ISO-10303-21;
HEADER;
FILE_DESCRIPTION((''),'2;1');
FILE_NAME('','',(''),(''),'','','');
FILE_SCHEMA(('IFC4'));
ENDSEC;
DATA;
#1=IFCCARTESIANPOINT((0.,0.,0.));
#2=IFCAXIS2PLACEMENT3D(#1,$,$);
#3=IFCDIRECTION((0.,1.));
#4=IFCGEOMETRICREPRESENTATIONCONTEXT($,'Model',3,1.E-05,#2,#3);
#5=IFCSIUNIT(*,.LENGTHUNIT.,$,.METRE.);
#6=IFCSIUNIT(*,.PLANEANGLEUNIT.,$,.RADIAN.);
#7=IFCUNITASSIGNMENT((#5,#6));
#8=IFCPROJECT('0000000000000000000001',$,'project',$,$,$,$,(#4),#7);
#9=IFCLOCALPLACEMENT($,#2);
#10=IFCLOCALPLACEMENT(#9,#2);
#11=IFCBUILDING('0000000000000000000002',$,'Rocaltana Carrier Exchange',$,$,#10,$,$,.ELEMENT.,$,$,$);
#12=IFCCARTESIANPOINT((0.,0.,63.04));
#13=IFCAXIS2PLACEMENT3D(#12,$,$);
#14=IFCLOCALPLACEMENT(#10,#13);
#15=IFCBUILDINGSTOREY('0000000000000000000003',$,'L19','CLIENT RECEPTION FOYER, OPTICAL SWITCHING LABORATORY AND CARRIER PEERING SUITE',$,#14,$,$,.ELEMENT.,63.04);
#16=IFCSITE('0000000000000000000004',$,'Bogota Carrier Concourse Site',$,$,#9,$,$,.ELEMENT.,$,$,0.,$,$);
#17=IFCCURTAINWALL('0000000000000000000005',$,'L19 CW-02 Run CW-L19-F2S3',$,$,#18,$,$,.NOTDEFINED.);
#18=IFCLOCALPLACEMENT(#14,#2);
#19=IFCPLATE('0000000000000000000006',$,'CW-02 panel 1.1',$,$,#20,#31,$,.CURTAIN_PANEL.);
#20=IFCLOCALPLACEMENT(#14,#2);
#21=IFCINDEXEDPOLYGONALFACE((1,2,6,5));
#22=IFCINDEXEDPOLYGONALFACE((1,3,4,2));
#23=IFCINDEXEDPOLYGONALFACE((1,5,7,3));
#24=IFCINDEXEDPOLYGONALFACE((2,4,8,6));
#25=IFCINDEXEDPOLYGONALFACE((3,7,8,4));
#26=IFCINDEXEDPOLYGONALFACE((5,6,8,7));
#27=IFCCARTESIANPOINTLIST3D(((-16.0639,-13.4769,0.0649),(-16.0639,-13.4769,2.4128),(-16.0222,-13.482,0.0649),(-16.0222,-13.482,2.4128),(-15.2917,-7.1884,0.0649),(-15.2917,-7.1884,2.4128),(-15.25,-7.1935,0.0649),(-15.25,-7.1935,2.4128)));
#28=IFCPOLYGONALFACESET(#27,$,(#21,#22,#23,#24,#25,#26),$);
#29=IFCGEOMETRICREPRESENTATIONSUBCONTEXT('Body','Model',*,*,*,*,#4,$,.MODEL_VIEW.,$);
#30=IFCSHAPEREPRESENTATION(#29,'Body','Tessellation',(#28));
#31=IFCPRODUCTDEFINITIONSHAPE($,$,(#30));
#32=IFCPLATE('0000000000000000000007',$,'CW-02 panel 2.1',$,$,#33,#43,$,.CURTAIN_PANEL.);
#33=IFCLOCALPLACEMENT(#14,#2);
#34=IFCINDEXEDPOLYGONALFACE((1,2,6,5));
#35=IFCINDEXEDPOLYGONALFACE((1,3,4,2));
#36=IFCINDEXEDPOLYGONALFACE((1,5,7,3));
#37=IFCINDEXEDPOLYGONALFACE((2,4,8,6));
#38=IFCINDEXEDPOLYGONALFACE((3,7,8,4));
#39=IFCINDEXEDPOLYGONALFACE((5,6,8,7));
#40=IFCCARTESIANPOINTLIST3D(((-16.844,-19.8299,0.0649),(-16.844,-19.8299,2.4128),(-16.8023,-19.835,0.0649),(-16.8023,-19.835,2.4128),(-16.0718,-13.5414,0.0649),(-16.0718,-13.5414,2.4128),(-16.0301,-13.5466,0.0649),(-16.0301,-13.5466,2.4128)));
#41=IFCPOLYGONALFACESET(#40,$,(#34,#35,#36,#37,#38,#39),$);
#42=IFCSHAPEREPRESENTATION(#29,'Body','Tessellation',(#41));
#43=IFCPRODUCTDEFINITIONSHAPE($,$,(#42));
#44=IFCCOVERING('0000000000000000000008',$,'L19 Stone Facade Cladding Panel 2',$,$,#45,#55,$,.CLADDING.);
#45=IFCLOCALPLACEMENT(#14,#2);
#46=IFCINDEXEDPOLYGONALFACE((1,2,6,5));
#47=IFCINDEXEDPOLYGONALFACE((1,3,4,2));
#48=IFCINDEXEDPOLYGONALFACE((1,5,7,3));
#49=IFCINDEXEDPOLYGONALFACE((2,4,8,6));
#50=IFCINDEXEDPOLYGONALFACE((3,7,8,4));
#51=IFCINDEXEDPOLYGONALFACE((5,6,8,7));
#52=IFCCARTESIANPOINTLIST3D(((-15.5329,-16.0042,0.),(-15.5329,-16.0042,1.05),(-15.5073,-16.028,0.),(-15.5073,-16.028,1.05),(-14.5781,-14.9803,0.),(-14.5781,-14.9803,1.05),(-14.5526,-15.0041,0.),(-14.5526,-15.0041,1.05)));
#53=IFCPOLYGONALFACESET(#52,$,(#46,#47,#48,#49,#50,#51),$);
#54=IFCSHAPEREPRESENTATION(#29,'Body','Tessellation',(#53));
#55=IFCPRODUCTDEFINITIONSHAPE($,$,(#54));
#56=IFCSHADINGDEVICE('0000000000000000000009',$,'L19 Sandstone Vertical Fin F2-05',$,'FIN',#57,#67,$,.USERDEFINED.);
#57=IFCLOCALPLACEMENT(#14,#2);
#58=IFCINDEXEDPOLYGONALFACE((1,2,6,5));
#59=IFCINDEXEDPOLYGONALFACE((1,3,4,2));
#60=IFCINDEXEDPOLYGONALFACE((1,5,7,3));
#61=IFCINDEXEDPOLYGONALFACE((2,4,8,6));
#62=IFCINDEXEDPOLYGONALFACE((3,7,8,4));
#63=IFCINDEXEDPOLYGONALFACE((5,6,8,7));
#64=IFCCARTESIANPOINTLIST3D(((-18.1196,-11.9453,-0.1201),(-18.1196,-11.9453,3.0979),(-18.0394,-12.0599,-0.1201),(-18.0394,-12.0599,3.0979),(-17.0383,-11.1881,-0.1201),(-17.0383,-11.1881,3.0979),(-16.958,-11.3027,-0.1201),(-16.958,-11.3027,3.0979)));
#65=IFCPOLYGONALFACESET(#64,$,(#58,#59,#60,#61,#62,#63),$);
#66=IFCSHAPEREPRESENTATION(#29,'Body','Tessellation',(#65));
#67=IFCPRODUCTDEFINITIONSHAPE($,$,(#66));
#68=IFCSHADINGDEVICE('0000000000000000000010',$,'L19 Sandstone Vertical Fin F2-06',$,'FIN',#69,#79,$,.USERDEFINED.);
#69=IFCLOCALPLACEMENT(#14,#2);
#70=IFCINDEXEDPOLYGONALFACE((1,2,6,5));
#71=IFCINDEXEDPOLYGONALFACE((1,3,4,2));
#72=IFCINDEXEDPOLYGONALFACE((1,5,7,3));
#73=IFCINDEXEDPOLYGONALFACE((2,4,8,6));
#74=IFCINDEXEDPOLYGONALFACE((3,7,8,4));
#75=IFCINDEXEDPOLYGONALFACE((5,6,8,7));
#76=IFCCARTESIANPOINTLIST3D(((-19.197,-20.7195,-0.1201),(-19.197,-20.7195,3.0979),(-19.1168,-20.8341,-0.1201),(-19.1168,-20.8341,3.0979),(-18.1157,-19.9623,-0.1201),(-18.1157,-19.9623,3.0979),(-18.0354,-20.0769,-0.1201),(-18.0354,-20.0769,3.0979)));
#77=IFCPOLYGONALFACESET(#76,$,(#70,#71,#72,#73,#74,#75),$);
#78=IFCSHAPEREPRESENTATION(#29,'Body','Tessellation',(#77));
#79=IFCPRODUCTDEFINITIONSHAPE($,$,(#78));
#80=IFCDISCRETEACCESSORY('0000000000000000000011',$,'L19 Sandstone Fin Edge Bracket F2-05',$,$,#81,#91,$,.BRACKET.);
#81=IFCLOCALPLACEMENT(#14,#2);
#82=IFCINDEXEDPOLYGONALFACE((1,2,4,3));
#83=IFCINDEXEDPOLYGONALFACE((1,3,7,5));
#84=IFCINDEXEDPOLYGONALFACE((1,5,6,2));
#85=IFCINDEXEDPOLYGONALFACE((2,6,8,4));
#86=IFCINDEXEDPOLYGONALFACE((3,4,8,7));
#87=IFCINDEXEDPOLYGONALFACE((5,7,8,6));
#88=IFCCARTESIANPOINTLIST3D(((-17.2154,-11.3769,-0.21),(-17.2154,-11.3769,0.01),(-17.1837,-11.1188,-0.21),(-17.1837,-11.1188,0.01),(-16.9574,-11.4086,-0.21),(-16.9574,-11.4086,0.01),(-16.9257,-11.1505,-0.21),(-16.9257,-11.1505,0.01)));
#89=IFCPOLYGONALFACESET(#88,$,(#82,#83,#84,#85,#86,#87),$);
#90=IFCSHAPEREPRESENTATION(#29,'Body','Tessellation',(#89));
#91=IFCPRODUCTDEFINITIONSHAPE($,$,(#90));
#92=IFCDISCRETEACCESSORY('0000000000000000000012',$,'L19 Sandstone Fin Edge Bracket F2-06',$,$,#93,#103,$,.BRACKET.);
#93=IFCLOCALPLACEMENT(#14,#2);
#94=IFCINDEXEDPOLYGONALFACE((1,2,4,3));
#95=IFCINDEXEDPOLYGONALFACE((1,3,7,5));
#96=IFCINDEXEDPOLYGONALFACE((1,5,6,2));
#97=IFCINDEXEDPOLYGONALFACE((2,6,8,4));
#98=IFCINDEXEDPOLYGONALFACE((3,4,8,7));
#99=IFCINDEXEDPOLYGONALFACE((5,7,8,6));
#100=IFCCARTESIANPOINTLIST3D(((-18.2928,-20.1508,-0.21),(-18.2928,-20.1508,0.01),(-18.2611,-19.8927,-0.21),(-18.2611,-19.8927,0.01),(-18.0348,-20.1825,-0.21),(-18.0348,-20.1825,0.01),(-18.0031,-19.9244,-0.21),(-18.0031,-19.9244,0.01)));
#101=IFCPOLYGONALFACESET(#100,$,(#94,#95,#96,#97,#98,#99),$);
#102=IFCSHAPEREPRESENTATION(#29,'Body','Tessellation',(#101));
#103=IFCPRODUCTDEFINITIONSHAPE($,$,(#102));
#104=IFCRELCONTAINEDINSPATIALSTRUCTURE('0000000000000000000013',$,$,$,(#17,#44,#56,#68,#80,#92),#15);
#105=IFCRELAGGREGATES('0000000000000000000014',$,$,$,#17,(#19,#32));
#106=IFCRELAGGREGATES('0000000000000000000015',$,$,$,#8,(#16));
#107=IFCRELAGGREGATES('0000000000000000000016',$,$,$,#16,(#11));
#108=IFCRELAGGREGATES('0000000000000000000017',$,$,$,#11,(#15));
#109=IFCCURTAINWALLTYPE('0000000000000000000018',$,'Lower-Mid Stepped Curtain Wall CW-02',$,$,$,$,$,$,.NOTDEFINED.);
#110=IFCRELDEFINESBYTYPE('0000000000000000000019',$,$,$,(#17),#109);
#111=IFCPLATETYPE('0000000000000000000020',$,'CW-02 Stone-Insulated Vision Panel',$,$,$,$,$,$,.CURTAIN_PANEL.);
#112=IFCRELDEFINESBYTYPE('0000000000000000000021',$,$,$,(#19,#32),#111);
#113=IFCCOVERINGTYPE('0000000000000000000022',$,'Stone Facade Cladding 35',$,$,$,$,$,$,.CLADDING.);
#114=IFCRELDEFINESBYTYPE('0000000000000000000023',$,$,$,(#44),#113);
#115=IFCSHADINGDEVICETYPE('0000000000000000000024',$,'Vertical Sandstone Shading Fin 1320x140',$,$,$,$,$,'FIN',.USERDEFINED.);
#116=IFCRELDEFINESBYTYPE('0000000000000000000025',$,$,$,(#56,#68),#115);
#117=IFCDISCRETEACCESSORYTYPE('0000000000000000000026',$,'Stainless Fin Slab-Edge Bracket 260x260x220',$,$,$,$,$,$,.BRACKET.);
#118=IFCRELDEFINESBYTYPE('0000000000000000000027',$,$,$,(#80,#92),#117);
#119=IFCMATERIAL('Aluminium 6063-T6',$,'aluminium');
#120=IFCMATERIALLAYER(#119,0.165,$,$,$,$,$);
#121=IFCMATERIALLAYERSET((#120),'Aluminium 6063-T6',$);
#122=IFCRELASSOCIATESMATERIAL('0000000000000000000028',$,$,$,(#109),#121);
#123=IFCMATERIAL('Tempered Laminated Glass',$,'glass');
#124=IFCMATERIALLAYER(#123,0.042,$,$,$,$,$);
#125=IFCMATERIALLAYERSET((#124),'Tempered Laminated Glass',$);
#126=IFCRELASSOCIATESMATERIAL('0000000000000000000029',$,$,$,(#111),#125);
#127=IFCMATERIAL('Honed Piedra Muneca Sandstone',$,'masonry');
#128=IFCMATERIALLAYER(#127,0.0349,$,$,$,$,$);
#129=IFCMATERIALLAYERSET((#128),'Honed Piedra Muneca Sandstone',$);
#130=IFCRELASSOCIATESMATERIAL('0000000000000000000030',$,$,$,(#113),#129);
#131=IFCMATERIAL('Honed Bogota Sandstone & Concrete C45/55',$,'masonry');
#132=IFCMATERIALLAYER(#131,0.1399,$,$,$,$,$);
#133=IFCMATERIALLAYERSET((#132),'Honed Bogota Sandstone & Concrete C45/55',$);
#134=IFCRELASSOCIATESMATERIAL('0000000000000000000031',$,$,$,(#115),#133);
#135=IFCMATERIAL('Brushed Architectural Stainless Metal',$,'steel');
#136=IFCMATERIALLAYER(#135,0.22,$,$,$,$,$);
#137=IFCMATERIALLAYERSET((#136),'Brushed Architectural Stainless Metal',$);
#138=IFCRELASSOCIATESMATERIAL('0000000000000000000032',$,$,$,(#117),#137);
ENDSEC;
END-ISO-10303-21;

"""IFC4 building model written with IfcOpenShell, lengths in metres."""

from ifc_helpers import new_model, si_unit, direction, frame, origin, origin_2d, place, context, subcontext, project, spatial, rectangle, extrude, material, layer, layer_set, type_object, element, aggregate, save


model = new_model("IFC4")

# Units and contexts
model_context = context("Model", 3, precision=1e-05, world=origin(), true_north=direction((0.0, 1.0)))
body_context = subcontext(model_context, "Body", "Model", "MODEL_VIEW")
ifc_project = project(units=[si_unit("LENGTHUNIT", "METRE"), si_unit("PLANEANGLEUNIT", "RADIAN")], contexts=[model_context])

# Site, building, storey
site_placement = place(None, origin())
site = spatial("IfcSite", under=ifc_project, at=site_placement, Name="Bogota Carrier Concourse Site", CompositionType="ELEMENT", RefElevation=0.0)
building_placement = place(site_placement, origin())
building = spatial("IfcBuilding", under=site, at=building_placement, Name="Rocaltana Carrier Exchange", CompositionType="ELEMENT")
storey_placement = place(building_placement, frame((0.0, 0.0, 63.04)))
storey = spatial("IfcBuildingStorey", under=building, at=storey_placement, Name="L19", Description="CLIENT RECEPTION FOYER, OPTICAL SWITCHING LABORATORY AND CARRIER PEERING SUITE", CompositionType="ELEMENT", Elevation=63.04)

# Curtain wall
ifc_material_1 = material(Name="Aluminium 6063-T6", Category="aluminium")
ifc_layer_1 = layer(ifc_material_1, 0.165)
ifc_layer_set_1 = layer_set([ifc_layer_1], Name="Aluminium 6063-T6")
curtain_wall_type = type_object("IfcCurtainWallType", Name="Lower-Mid Stepped Curtain Wall CW-02", PredefinedType="NOTDEFINED", material=ifc_layer_set_1)
curtain_wall_1_placement = place(storey_placement, origin())
curtain_wall_1 = element("IfcCurtainWall", 1, at=curtain_wall_1_placement, inside=storey, type_object=curtain_wall_type, Name="L19 CW-02 Run CW-L19-F2S3", PredefinedType="NOTDEFINED")

# Plates
ifc_material_2 = material(Name="Tempered Laminated Glass", Category="glass")
ifc_layer_2 = layer(ifc_material_2, 0.042)
ifc_layer_set_2 = layer_set([ifc_layer_2], Name="Tempered Laminated Glass")
plate_type = type_object("IfcPlateType", Name="CW-02 Stone-Insulated Vision Panel", PredefinedType="CURTAIN_PANEL", material=ifc_layer_set_2)
plate_1_placement = place(storey_placement, frame((-15.657, -10.3352, 0.0649), z_axis=(0.0, 0.0, 1.0), x_axis=(-0.121881, -0.992545, 0.0)))
plate_1 = element("IfcPlate", 2, at=plate_1_placement, type_object=plate_type, Name="CW-02 panel 1.1", PredefinedType="CURTAIN_PANEL", context=body_context, shape_type="SweptSolid", body=[
    extrude(rectangle(XDim=6.3357, YDim=0.042, at=origin_2d()), origin(), (0.0, 0.0, 1.0), 2.3479),
])
plate_2_placement = place(storey_placement, frame((-16.437, -16.6882, 0.0649), z_axis=(0.0, 0.0, 1.0), x_axis=(-0.121881, -0.992545, 0.0)))
plate_2 = element("IfcPlate", 3, at=plate_2_placement, type_object=plate_type, Name="CW-02 panel 2.1", PredefinedType="CURTAIN_PANEL", context=body_context, shape_type="SweptSolid", body=[
    extrude(rectangle(XDim=6.3357, YDim=0.042, at=origin_2d()), origin(), (0.0, 0.0, 1.0), 2.3479),
])
aggregate(curtain_wall_1, [plate_1, plate_2])

# Covering
ifc_material_3 = material(Name="Honed Piedra Muneca Sandstone", Category="masonry")
ifc_layer_3 = layer(ifc_material_3, 0.0349)
ifc_layer_set_3 = layer_set([ifc_layer_3], Name="Honed Piedra Muneca Sandstone")
covering_type = type_object("IfcCoveringType", Name="Stone Facade Cladding 35", PredefinedType="CLADDING", material=ifc_layer_set_3)
covering_placement = place(storey_placement, frame((-15.0427, -15.5042, 0.0), z_axis=(0.0, 0.0, 1.0), x_axis=(0.681998, 0.731354, 0.0)))
element("IfcCovering", 4, at=covering_placement, inside=storey, type_object=covering_type, Name="L19 Stone Facade Cladding Panel 2", PredefinedType="CLADDING", context=body_context, shape_type="SweptSolid", body=[
    extrude(rectangle(XDim=1.3999, YDim=0.0349, at=origin_2d()), origin(), (0.0, 0.0, 1.0), 1.05),
])

# Shading devices
ifc_material_4 = material(Name="Honed Bogota Sandstone & Concrete C45/55", Category="masonry")
ifc_layer_4 = layer(ifc_material_4, 0.1399)
ifc_layer_set_4 = layer_set([ifc_layer_4], Name="Honed Bogota Sandstone & Concrete C45/55")
shading_device_type = type_object("IfcShadingDeviceType", Name="Vertical Sandstone Shading Fin 1320x140", ElementType="FIN", PredefinedType="USERDEFINED", material=ifc_layer_set_4)
for number, where, z_axis, x_axis, name in (
    (5, (-17.5388, -11.624, -0.1201), (0.0, 0.0, 1.0), (-0.819152, -0.573576, 0.0), "L19 Sandstone Vertical Fin F2-05"),
    (6, (-18.6162, -20.3982, -0.1201), (0.0, 0.0, 1.0), (-0.819152, -0.573576, 0.0), "L19 Sandstone Vertical Fin F2-06"),
):
    element("IfcShadingDevice", number, at=place(storey_placement, frame(where, z_axis=z_axis, x_axis=x_axis)), inside=storey, type_object=shading_device_type, Name=name, ObjectType="FIN", PredefinedType="USERDEFINED", context=body_context, shape_type="SweptSolid", body=[
        extrude(rectangle(XDim=1.3201, YDim=0.1399, at=origin_2d()), origin(), (0.0, 0.0, 1.0), 3.218),
    ])

# Discrete accessories
ifc_material_5 = material(Name="Brushed Architectural Stainless Metal", Category="steel")
ifc_layer_5 = layer(ifc_material_5, 0.22)
ifc_layer_set_5 = layer_set([ifc_layer_5], Name="Brushed Architectural Stainless Metal")
discrete_accessory_type = type_object("IfcDiscreteAccessoryType", Name="Stainless Fin Slab-Edge Bracket 260x260x220", PredefinedType="BRACKET", material=ifc_layer_set_5)
for number, where, z_axis, x_axis, name in (
    (7, (-17.0706, -11.2637, -0.21), (0.0, 0.0, 1.0), (-0.121869, -0.992546, 0.0), "L19 Sandstone Fin Edge Bracket F2-05"),
    (8, (-18.1479, -20.0376, -0.21), (0.0, 0.0, 1.0), (-0.121869, -0.992546, 0.0), "L19 Sandstone Fin Edge Bracket F2-06"),
):
    element("IfcDiscreteAccessory", number, at=place(storey_placement, frame(where, z_axis=z_axis, x_axis=x_axis)), inside=storey, type_object=discrete_accessory_type, Name=name, PredefinedType="BRACKET", context=body_context, shape_type="SweptSolid", body=[
        extrude(rectangle(XDim=0.26, YDim=0.26, at=origin_2d()), origin(), (0.0, 0.0, 1.0), 0.22),
    ])

save(model, "model.ifc")
